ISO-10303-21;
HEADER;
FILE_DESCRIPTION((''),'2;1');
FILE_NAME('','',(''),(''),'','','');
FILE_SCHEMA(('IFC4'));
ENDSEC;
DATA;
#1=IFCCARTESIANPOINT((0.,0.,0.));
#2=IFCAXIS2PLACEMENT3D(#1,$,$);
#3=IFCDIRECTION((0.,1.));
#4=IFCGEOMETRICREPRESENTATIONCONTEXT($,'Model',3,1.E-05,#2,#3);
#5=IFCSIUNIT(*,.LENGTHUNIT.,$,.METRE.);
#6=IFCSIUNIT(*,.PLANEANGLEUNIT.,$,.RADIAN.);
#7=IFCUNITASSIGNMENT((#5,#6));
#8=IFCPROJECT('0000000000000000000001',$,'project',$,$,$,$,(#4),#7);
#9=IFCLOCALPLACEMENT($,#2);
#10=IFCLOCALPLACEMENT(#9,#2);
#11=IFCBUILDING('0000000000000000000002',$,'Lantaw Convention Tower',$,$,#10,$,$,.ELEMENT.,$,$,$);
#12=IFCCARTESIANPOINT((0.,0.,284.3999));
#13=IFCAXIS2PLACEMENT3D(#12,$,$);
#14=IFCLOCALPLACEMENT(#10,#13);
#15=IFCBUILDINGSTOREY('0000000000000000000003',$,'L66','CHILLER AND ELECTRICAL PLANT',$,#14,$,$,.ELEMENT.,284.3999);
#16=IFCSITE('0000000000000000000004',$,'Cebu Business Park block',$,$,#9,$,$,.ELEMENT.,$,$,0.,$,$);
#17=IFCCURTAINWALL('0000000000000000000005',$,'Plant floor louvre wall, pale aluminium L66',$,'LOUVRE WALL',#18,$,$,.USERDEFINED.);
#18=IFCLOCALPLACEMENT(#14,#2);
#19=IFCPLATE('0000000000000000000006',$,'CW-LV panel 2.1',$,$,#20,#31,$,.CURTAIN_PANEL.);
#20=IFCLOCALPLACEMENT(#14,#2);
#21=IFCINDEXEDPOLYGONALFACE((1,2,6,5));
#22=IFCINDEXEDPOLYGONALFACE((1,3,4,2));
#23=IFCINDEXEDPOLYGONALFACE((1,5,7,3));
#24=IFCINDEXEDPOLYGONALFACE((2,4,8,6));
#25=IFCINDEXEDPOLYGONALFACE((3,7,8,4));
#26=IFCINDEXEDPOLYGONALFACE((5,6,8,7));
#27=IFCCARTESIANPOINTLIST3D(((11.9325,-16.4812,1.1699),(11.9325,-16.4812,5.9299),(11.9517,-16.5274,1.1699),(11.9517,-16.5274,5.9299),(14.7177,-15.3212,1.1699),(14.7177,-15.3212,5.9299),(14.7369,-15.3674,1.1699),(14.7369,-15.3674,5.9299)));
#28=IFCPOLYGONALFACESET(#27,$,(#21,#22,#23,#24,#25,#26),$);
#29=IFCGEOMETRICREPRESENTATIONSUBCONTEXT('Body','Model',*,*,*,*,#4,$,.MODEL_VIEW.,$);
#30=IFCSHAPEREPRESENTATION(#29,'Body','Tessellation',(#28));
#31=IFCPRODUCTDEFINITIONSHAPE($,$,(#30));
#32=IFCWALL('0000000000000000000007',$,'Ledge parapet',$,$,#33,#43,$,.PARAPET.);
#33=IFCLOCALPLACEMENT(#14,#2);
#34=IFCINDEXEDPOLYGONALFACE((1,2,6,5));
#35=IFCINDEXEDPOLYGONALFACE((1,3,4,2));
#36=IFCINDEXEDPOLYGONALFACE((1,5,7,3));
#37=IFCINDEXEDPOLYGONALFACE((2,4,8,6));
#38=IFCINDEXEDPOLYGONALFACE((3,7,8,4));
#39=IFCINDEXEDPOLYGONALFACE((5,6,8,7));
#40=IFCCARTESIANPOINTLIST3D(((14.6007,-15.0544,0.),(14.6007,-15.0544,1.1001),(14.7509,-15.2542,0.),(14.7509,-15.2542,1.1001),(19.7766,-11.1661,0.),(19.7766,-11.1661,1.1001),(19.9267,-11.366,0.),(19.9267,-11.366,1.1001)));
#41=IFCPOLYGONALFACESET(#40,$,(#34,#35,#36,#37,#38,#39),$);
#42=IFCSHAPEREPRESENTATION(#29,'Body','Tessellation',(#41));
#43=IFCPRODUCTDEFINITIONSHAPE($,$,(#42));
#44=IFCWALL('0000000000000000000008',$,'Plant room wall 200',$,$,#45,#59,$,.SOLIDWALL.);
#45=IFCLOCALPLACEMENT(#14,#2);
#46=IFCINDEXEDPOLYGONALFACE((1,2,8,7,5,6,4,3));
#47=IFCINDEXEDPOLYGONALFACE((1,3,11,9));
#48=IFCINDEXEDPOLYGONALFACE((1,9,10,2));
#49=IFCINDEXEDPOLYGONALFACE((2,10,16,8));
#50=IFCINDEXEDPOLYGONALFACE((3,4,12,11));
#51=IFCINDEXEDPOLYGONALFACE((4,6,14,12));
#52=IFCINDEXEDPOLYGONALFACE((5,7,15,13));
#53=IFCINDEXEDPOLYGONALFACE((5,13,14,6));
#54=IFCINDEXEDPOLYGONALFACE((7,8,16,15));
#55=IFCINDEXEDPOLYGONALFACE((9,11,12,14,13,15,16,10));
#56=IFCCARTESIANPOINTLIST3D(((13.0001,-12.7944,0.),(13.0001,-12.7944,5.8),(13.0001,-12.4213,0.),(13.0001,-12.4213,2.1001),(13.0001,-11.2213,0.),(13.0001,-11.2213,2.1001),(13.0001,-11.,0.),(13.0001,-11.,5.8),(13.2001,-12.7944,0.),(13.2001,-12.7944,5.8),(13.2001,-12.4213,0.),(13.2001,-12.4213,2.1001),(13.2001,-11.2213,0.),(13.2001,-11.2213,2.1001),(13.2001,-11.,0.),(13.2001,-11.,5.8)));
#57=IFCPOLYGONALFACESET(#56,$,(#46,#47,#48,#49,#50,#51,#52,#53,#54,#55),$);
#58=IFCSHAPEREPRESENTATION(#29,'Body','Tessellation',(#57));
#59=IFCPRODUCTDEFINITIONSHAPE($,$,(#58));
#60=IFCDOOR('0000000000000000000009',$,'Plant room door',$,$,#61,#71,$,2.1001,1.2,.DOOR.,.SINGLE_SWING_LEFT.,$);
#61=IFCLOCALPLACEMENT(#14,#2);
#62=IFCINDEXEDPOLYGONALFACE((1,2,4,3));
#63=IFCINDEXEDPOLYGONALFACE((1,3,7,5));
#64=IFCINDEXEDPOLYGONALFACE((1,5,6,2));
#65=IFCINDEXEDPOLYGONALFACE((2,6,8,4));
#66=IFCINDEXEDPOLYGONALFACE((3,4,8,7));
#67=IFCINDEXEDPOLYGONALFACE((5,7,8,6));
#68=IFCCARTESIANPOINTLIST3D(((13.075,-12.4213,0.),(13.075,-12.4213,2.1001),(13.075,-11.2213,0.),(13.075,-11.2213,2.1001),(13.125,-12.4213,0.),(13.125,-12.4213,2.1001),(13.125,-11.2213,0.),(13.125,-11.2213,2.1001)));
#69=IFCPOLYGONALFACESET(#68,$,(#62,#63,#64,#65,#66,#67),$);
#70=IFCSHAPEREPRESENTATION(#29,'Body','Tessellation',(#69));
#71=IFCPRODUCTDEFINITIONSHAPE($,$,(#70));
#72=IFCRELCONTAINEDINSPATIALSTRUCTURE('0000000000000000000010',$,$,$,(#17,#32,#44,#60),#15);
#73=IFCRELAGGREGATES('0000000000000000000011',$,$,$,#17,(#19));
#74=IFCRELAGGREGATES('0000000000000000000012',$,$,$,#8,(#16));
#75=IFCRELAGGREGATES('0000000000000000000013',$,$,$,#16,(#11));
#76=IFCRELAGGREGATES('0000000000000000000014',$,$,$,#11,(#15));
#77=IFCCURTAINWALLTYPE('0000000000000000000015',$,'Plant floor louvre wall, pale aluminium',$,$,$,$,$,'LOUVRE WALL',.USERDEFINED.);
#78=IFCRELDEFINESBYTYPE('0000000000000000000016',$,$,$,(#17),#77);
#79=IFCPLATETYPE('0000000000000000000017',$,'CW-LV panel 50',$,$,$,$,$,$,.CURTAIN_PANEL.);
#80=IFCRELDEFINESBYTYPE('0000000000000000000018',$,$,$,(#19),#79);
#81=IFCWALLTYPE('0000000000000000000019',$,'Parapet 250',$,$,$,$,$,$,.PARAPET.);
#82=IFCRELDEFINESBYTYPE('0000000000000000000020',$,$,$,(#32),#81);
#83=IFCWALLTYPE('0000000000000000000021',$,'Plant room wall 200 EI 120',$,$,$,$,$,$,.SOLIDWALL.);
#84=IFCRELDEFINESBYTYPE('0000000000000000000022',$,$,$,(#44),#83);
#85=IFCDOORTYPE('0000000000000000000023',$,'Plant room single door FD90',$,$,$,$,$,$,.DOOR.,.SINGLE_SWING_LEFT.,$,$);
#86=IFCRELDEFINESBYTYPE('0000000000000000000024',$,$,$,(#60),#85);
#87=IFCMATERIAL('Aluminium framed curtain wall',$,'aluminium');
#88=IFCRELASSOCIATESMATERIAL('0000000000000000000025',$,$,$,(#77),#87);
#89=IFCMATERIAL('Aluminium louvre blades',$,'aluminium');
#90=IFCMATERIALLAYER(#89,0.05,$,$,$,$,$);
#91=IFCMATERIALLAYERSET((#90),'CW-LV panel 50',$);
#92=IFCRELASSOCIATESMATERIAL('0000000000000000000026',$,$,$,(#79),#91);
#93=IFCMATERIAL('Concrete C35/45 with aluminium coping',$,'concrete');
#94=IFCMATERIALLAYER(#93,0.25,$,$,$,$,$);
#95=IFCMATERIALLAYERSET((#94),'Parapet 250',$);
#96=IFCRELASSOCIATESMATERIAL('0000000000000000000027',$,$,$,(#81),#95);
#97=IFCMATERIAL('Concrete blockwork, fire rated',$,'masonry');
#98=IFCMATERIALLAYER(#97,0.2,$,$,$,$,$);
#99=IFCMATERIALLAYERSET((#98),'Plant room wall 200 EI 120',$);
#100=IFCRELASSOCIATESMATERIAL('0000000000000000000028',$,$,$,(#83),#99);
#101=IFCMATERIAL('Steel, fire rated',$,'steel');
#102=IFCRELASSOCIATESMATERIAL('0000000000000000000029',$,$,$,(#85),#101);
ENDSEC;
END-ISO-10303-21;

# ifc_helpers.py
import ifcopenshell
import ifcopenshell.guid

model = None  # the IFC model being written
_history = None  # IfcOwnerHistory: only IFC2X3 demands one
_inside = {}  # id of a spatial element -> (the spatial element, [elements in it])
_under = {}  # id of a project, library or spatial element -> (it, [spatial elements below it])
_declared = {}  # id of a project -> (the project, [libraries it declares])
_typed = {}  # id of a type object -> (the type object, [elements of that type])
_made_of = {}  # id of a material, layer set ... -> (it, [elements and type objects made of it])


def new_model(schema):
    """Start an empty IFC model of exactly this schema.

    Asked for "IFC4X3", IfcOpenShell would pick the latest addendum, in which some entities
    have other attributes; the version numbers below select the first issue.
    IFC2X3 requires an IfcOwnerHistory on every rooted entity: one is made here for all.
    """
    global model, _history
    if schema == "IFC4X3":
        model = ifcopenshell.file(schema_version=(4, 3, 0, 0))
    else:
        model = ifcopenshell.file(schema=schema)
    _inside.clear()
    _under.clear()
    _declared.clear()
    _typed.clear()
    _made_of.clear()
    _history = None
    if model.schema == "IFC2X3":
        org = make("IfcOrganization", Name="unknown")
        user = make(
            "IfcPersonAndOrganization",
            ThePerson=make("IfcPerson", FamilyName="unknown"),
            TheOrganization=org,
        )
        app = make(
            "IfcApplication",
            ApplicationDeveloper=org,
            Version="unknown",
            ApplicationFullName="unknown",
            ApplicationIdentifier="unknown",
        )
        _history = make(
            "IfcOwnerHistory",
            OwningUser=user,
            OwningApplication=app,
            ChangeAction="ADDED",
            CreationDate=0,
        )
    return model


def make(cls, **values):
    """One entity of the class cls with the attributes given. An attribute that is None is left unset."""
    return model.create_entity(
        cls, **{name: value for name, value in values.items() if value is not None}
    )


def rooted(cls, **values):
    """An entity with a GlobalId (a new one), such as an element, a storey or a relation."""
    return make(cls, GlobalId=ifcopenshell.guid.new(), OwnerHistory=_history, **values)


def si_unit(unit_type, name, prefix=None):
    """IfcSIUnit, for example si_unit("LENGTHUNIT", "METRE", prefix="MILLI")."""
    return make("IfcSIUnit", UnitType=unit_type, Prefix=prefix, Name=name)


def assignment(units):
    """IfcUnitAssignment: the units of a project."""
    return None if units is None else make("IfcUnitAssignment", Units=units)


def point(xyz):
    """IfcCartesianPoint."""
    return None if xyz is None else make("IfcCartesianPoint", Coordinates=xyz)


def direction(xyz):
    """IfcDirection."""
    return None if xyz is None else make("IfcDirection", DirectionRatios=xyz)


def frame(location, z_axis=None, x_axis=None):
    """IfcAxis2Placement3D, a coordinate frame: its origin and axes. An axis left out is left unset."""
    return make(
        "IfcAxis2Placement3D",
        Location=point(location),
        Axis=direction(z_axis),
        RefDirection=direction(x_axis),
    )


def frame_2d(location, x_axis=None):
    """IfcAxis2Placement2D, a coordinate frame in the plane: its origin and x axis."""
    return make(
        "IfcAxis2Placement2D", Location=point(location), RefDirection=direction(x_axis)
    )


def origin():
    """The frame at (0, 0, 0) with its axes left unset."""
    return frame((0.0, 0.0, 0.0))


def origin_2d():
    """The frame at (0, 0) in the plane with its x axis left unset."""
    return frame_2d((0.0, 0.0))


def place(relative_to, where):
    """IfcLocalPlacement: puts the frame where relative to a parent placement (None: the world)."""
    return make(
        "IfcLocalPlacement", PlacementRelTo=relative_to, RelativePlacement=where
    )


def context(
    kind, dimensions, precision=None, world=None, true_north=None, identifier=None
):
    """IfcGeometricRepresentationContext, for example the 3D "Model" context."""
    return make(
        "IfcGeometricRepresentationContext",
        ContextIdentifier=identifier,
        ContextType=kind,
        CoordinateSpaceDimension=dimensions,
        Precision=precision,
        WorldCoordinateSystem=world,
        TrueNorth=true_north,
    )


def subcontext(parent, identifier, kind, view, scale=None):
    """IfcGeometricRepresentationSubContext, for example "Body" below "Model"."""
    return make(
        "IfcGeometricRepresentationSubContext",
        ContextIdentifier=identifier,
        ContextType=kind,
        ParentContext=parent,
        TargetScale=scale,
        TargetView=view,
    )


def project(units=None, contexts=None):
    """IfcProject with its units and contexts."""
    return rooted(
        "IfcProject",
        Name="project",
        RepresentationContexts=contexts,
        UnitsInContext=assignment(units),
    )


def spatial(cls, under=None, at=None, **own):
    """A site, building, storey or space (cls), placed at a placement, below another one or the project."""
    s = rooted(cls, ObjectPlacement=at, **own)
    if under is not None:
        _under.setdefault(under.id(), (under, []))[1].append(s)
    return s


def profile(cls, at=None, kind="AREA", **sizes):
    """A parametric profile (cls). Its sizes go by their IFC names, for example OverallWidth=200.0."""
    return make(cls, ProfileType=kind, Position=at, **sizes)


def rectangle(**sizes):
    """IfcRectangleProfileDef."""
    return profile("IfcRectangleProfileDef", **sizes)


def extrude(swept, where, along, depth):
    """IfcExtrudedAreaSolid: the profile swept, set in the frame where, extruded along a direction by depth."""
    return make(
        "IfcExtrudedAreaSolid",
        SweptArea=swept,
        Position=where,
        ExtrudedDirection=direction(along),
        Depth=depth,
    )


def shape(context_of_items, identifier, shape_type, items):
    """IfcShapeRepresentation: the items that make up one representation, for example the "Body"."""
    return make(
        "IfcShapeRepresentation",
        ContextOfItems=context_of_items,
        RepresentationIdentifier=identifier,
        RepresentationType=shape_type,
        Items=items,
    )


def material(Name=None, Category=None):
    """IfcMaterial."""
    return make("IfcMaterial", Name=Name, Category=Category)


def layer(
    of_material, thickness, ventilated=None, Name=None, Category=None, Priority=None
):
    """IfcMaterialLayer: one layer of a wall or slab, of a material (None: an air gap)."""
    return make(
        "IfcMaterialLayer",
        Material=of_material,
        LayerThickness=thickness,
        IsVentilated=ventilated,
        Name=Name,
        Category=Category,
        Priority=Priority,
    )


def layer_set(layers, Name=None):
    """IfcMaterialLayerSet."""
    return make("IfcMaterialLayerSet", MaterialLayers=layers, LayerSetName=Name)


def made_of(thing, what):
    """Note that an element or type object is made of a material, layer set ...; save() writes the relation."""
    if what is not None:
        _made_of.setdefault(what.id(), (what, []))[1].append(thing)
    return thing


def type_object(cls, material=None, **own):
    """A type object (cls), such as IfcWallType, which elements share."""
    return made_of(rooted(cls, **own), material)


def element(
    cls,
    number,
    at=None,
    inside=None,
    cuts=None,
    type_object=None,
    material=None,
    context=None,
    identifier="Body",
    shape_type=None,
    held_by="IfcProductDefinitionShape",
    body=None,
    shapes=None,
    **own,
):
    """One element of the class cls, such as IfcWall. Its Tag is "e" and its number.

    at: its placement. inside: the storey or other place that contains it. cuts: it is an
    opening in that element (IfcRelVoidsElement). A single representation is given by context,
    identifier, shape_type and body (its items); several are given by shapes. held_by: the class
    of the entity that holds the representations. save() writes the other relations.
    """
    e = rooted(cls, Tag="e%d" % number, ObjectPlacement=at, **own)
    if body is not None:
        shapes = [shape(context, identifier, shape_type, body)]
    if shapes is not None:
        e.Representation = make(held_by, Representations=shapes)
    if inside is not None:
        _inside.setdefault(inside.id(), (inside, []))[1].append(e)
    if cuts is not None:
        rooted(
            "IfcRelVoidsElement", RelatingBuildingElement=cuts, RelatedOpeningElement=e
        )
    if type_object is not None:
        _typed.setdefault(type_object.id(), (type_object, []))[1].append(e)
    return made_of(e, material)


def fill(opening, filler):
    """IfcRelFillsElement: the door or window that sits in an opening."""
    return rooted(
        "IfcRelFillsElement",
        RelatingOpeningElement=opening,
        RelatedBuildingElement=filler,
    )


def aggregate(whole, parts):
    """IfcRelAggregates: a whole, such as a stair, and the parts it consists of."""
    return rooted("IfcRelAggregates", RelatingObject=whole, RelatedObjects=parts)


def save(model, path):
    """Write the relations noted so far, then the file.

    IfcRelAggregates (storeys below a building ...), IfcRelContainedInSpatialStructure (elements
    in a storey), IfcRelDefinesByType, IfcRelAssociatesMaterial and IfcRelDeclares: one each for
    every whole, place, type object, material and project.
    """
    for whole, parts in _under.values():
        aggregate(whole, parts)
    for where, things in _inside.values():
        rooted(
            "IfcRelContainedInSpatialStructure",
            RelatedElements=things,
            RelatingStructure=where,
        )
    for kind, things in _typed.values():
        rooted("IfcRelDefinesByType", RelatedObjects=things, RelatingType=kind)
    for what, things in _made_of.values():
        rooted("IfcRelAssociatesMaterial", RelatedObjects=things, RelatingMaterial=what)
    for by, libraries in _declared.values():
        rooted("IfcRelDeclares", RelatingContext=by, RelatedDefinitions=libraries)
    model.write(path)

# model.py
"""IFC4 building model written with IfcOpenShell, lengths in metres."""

from ifc_helpers import new_model, si_unit, direction, frame, frame_2d, origin, origin_2d, place, context, subcontext, project, spatial, rectangle, extrude, material, layer, layer_set, type_object, element, fill, aggregate, save


model = new_model("IFC4")

# Units and contexts
model_context = context("Model", 3, precision=1e-05, world=origin(), true_north=direction((0.0, 1.0)))
body_context = subcontext(model_context, "Body", "Model", "MODEL_VIEW")
ifc_project = project(units=[si_unit("LENGTHUNIT", "METRE"), si_unit("PLANEANGLEUNIT", "RADIAN")], contexts=[model_context])

# Site, building, storey
site_placement = place(None, origin())
site = spatial("IfcSite", under=ifc_project, at=site_placement, Name="Cebu Business Park block", CompositionType="ELEMENT", RefElevation=0.0)
building_placement = place(site_placement, origin())
building = spatial("IfcBuilding", under=site, at=building_placement, Name="Lantaw Convention Tower", CompositionType="ELEMENT")
storey_placement = place(building_placement, frame((0.0, 0.0, 284.3999)))
storey = spatial("IfcBuildingStorey", under=building, at=storey_placement, Name="L66", Description="CHILLER AND ELECTRICAL PLANT", CompositionType="ELEMENT", Elevation=284.3999)

# Shared definitions
ifc_material_1 = material(Name="Aluminium framed curtain wall", Category="aluminium")

# Curtain wall
curtain_wall_type_1 = type_object("IfcCurtainWallType", Name="Plant floor louvre wall, pale aluminium", ElementType="LOUVRE WALL", PredefinedType="USERDEFINED", material=ifc_material_1)
curtain_wall_1_placement = place(storey_placement, origin())
curtain_wall_1 = element("IfcCurtainWall", 1, at=curtain_wall_1_placement, inside=storey, type_object=curtain_wall_type_1, Name="Plant floor louvre wall, pale aluminium L66", ObjectType="LOUVRE WALL", PredefinedType="USERDEFINED")

# Plate
ifc_material_2 = material(Name="Aluminium louvre blades", Category="aluminium")
ifc_layer_1 = layer(ifc_material_2, 0.05)
ifc_layer_set_1 = layer_set([ifc_layer_1], Name="CW-LV panel 50")
plate_type_1 = type_object("IfcPlateType", Name="CW-LV panel 50", PredefinedType="CURTAIN_PANEL", material=ifc_layer_set_1)
plate_1_placement = place(storey_placement, frame((13.3347, -15.9243, 1.1699), z_axis=(0.0, 0.0, 1.0), x_axis=(0.923142, 0.38446, 0.0)))
plate_1 = element("IfcPlate", 2, at=plate_1_placement, type_object=plate_type_1, Name="CW-LV panel 2.1", PredefinedType="CURTAIN_PANEL", context=body_context, shape_type="SweptSolid", body=[
    extrude(rectangle(XDim=3.0171, YDim=0.05, at=origin_2d()), origin(), (0.0, 0.0, 1.0), 4.76),
])
aggregate(curtain_wall_1, [plate_1])

# Wall
ifc_material_3 = material(Name="Concrete C35/45 with aluminium coping", Category="concrete")
ifc_layer_2 = layer(ifc_material_3, 0.25)
ifc_layer_set_2 = layer_set([ifc_layer_2], Name="Parapet 250")
wall_type_1 = type_object("IfcWallType", Name="Parapet 250", PredefinedType="PARAPET", material=ifc_layer_set_2)
wall_1_placement = place(storey_placement, frame((14.6758, -15.1543, 0.0), z_axis=(0.0, 0.0, 1.0), x_axis=(0.799529, 0.600627, 0.0)))
element("IfcWall", 3, at=wall_1_placement, inside=storey, type_object=wall_type_1, Name="Ledge parapet", PredefinedType="PARAPET", context=body_context, shape_type="SweptSolid", body=[
    extrude(rectangle(XDim=6.4736, YDim=0.25, at=frame_2d((3.2368, 0.0))), origin(), (0.0, 0.0, 1.0), 1.1001),
])

# Wall, opening, door
ifc_material_4 = material(Name="Concrete blockwork, fire rated", Category="masonry")
ifc_layer_3 = layer(ifc_material_4, 0.2)
ifc_layer_set_3 = layer_set([ifc_layer_3], Name="Plant room wall 200 EI 120")
wall_type_2 = type_object("IfcWallType", Name="Plant room wall 200 EI 120", PredefinedType="SOLIDWALL", material=ifc_layer_set_3)
wall_2_placement = place(storey_placement, frame((13.1001, -11.0, 0.0), z_axis=(0.0, 0.0, 1.0), x_axis=(0.0, -1.0, 0.0)))
wall_2 = element("IfcWall", 4, at=wall_2_placement, inside=storey, type_object=wall_type_2, Name="Plant room wall 200", PredefinedType="SOLIDWALL", context=body_context, shape_type="SweptSolid", body=[
    extrude(rectangle(XDim=1.7944, YDim=0.2, at=frame_2d((0.8972, 0.0))), origin(), (0.0, 0.0, 1.0), 5.8),
])
opening_placement = place(wall_2_placement, frame((0.2212, 0.0, 0.0)))
opening = element("IfcOpeningElement", 5, at=opening_placement, cuts=wall_2, PredefinedType="OPENING", context=body_context, shape_type="SweptSolid", body=[
    extrude(rectangle(XDim=1.2, YDim=2.1001, at=frame_2d((0.6001, 1.05))), frame((0.0, 0.1099, 0.0), z_axis=(0.0, -1.0, 0.0), x_axis=(1.0, 0.0, 0.0)), (0.0, 0.0, 1.0), 0.22),
])
ifc_material_5 = material(Name="Steel, fire rated", Category="steel")
door_type = type_object("IfcDoorType", Name="Plant room single door FD90", OperationType="SINGLE_SWING_LEFT", PredefinedType="DOOR", material=ifc_material_5)
door_placement = place(opening_placement, origin())
door = element("IfcDoor", 6, at=door_placement, inside=storey, type_object=door_type, Name="Plant room door", OperationType="SINGLE_SWING_LEFT", OverallHeight=2.1001, OverallWidth=1.2, PredefinedType="DOOR", context=body_context, shape_type="SweptSolid", body=[
    extrude(rectangle(XDim=1.2, YDim=2.1001, at=frame_2d((0.6001, 1.05))), frame((0.0, 0.0249, 0.0), z_axis=(0.0, -1.0, 0.0), x_axis=(1.0, 0.0, 0.0)), (0.0, 0.0, 1.0), 0.05),
])
fill(opening, door)

save(model, "model.ifc")
